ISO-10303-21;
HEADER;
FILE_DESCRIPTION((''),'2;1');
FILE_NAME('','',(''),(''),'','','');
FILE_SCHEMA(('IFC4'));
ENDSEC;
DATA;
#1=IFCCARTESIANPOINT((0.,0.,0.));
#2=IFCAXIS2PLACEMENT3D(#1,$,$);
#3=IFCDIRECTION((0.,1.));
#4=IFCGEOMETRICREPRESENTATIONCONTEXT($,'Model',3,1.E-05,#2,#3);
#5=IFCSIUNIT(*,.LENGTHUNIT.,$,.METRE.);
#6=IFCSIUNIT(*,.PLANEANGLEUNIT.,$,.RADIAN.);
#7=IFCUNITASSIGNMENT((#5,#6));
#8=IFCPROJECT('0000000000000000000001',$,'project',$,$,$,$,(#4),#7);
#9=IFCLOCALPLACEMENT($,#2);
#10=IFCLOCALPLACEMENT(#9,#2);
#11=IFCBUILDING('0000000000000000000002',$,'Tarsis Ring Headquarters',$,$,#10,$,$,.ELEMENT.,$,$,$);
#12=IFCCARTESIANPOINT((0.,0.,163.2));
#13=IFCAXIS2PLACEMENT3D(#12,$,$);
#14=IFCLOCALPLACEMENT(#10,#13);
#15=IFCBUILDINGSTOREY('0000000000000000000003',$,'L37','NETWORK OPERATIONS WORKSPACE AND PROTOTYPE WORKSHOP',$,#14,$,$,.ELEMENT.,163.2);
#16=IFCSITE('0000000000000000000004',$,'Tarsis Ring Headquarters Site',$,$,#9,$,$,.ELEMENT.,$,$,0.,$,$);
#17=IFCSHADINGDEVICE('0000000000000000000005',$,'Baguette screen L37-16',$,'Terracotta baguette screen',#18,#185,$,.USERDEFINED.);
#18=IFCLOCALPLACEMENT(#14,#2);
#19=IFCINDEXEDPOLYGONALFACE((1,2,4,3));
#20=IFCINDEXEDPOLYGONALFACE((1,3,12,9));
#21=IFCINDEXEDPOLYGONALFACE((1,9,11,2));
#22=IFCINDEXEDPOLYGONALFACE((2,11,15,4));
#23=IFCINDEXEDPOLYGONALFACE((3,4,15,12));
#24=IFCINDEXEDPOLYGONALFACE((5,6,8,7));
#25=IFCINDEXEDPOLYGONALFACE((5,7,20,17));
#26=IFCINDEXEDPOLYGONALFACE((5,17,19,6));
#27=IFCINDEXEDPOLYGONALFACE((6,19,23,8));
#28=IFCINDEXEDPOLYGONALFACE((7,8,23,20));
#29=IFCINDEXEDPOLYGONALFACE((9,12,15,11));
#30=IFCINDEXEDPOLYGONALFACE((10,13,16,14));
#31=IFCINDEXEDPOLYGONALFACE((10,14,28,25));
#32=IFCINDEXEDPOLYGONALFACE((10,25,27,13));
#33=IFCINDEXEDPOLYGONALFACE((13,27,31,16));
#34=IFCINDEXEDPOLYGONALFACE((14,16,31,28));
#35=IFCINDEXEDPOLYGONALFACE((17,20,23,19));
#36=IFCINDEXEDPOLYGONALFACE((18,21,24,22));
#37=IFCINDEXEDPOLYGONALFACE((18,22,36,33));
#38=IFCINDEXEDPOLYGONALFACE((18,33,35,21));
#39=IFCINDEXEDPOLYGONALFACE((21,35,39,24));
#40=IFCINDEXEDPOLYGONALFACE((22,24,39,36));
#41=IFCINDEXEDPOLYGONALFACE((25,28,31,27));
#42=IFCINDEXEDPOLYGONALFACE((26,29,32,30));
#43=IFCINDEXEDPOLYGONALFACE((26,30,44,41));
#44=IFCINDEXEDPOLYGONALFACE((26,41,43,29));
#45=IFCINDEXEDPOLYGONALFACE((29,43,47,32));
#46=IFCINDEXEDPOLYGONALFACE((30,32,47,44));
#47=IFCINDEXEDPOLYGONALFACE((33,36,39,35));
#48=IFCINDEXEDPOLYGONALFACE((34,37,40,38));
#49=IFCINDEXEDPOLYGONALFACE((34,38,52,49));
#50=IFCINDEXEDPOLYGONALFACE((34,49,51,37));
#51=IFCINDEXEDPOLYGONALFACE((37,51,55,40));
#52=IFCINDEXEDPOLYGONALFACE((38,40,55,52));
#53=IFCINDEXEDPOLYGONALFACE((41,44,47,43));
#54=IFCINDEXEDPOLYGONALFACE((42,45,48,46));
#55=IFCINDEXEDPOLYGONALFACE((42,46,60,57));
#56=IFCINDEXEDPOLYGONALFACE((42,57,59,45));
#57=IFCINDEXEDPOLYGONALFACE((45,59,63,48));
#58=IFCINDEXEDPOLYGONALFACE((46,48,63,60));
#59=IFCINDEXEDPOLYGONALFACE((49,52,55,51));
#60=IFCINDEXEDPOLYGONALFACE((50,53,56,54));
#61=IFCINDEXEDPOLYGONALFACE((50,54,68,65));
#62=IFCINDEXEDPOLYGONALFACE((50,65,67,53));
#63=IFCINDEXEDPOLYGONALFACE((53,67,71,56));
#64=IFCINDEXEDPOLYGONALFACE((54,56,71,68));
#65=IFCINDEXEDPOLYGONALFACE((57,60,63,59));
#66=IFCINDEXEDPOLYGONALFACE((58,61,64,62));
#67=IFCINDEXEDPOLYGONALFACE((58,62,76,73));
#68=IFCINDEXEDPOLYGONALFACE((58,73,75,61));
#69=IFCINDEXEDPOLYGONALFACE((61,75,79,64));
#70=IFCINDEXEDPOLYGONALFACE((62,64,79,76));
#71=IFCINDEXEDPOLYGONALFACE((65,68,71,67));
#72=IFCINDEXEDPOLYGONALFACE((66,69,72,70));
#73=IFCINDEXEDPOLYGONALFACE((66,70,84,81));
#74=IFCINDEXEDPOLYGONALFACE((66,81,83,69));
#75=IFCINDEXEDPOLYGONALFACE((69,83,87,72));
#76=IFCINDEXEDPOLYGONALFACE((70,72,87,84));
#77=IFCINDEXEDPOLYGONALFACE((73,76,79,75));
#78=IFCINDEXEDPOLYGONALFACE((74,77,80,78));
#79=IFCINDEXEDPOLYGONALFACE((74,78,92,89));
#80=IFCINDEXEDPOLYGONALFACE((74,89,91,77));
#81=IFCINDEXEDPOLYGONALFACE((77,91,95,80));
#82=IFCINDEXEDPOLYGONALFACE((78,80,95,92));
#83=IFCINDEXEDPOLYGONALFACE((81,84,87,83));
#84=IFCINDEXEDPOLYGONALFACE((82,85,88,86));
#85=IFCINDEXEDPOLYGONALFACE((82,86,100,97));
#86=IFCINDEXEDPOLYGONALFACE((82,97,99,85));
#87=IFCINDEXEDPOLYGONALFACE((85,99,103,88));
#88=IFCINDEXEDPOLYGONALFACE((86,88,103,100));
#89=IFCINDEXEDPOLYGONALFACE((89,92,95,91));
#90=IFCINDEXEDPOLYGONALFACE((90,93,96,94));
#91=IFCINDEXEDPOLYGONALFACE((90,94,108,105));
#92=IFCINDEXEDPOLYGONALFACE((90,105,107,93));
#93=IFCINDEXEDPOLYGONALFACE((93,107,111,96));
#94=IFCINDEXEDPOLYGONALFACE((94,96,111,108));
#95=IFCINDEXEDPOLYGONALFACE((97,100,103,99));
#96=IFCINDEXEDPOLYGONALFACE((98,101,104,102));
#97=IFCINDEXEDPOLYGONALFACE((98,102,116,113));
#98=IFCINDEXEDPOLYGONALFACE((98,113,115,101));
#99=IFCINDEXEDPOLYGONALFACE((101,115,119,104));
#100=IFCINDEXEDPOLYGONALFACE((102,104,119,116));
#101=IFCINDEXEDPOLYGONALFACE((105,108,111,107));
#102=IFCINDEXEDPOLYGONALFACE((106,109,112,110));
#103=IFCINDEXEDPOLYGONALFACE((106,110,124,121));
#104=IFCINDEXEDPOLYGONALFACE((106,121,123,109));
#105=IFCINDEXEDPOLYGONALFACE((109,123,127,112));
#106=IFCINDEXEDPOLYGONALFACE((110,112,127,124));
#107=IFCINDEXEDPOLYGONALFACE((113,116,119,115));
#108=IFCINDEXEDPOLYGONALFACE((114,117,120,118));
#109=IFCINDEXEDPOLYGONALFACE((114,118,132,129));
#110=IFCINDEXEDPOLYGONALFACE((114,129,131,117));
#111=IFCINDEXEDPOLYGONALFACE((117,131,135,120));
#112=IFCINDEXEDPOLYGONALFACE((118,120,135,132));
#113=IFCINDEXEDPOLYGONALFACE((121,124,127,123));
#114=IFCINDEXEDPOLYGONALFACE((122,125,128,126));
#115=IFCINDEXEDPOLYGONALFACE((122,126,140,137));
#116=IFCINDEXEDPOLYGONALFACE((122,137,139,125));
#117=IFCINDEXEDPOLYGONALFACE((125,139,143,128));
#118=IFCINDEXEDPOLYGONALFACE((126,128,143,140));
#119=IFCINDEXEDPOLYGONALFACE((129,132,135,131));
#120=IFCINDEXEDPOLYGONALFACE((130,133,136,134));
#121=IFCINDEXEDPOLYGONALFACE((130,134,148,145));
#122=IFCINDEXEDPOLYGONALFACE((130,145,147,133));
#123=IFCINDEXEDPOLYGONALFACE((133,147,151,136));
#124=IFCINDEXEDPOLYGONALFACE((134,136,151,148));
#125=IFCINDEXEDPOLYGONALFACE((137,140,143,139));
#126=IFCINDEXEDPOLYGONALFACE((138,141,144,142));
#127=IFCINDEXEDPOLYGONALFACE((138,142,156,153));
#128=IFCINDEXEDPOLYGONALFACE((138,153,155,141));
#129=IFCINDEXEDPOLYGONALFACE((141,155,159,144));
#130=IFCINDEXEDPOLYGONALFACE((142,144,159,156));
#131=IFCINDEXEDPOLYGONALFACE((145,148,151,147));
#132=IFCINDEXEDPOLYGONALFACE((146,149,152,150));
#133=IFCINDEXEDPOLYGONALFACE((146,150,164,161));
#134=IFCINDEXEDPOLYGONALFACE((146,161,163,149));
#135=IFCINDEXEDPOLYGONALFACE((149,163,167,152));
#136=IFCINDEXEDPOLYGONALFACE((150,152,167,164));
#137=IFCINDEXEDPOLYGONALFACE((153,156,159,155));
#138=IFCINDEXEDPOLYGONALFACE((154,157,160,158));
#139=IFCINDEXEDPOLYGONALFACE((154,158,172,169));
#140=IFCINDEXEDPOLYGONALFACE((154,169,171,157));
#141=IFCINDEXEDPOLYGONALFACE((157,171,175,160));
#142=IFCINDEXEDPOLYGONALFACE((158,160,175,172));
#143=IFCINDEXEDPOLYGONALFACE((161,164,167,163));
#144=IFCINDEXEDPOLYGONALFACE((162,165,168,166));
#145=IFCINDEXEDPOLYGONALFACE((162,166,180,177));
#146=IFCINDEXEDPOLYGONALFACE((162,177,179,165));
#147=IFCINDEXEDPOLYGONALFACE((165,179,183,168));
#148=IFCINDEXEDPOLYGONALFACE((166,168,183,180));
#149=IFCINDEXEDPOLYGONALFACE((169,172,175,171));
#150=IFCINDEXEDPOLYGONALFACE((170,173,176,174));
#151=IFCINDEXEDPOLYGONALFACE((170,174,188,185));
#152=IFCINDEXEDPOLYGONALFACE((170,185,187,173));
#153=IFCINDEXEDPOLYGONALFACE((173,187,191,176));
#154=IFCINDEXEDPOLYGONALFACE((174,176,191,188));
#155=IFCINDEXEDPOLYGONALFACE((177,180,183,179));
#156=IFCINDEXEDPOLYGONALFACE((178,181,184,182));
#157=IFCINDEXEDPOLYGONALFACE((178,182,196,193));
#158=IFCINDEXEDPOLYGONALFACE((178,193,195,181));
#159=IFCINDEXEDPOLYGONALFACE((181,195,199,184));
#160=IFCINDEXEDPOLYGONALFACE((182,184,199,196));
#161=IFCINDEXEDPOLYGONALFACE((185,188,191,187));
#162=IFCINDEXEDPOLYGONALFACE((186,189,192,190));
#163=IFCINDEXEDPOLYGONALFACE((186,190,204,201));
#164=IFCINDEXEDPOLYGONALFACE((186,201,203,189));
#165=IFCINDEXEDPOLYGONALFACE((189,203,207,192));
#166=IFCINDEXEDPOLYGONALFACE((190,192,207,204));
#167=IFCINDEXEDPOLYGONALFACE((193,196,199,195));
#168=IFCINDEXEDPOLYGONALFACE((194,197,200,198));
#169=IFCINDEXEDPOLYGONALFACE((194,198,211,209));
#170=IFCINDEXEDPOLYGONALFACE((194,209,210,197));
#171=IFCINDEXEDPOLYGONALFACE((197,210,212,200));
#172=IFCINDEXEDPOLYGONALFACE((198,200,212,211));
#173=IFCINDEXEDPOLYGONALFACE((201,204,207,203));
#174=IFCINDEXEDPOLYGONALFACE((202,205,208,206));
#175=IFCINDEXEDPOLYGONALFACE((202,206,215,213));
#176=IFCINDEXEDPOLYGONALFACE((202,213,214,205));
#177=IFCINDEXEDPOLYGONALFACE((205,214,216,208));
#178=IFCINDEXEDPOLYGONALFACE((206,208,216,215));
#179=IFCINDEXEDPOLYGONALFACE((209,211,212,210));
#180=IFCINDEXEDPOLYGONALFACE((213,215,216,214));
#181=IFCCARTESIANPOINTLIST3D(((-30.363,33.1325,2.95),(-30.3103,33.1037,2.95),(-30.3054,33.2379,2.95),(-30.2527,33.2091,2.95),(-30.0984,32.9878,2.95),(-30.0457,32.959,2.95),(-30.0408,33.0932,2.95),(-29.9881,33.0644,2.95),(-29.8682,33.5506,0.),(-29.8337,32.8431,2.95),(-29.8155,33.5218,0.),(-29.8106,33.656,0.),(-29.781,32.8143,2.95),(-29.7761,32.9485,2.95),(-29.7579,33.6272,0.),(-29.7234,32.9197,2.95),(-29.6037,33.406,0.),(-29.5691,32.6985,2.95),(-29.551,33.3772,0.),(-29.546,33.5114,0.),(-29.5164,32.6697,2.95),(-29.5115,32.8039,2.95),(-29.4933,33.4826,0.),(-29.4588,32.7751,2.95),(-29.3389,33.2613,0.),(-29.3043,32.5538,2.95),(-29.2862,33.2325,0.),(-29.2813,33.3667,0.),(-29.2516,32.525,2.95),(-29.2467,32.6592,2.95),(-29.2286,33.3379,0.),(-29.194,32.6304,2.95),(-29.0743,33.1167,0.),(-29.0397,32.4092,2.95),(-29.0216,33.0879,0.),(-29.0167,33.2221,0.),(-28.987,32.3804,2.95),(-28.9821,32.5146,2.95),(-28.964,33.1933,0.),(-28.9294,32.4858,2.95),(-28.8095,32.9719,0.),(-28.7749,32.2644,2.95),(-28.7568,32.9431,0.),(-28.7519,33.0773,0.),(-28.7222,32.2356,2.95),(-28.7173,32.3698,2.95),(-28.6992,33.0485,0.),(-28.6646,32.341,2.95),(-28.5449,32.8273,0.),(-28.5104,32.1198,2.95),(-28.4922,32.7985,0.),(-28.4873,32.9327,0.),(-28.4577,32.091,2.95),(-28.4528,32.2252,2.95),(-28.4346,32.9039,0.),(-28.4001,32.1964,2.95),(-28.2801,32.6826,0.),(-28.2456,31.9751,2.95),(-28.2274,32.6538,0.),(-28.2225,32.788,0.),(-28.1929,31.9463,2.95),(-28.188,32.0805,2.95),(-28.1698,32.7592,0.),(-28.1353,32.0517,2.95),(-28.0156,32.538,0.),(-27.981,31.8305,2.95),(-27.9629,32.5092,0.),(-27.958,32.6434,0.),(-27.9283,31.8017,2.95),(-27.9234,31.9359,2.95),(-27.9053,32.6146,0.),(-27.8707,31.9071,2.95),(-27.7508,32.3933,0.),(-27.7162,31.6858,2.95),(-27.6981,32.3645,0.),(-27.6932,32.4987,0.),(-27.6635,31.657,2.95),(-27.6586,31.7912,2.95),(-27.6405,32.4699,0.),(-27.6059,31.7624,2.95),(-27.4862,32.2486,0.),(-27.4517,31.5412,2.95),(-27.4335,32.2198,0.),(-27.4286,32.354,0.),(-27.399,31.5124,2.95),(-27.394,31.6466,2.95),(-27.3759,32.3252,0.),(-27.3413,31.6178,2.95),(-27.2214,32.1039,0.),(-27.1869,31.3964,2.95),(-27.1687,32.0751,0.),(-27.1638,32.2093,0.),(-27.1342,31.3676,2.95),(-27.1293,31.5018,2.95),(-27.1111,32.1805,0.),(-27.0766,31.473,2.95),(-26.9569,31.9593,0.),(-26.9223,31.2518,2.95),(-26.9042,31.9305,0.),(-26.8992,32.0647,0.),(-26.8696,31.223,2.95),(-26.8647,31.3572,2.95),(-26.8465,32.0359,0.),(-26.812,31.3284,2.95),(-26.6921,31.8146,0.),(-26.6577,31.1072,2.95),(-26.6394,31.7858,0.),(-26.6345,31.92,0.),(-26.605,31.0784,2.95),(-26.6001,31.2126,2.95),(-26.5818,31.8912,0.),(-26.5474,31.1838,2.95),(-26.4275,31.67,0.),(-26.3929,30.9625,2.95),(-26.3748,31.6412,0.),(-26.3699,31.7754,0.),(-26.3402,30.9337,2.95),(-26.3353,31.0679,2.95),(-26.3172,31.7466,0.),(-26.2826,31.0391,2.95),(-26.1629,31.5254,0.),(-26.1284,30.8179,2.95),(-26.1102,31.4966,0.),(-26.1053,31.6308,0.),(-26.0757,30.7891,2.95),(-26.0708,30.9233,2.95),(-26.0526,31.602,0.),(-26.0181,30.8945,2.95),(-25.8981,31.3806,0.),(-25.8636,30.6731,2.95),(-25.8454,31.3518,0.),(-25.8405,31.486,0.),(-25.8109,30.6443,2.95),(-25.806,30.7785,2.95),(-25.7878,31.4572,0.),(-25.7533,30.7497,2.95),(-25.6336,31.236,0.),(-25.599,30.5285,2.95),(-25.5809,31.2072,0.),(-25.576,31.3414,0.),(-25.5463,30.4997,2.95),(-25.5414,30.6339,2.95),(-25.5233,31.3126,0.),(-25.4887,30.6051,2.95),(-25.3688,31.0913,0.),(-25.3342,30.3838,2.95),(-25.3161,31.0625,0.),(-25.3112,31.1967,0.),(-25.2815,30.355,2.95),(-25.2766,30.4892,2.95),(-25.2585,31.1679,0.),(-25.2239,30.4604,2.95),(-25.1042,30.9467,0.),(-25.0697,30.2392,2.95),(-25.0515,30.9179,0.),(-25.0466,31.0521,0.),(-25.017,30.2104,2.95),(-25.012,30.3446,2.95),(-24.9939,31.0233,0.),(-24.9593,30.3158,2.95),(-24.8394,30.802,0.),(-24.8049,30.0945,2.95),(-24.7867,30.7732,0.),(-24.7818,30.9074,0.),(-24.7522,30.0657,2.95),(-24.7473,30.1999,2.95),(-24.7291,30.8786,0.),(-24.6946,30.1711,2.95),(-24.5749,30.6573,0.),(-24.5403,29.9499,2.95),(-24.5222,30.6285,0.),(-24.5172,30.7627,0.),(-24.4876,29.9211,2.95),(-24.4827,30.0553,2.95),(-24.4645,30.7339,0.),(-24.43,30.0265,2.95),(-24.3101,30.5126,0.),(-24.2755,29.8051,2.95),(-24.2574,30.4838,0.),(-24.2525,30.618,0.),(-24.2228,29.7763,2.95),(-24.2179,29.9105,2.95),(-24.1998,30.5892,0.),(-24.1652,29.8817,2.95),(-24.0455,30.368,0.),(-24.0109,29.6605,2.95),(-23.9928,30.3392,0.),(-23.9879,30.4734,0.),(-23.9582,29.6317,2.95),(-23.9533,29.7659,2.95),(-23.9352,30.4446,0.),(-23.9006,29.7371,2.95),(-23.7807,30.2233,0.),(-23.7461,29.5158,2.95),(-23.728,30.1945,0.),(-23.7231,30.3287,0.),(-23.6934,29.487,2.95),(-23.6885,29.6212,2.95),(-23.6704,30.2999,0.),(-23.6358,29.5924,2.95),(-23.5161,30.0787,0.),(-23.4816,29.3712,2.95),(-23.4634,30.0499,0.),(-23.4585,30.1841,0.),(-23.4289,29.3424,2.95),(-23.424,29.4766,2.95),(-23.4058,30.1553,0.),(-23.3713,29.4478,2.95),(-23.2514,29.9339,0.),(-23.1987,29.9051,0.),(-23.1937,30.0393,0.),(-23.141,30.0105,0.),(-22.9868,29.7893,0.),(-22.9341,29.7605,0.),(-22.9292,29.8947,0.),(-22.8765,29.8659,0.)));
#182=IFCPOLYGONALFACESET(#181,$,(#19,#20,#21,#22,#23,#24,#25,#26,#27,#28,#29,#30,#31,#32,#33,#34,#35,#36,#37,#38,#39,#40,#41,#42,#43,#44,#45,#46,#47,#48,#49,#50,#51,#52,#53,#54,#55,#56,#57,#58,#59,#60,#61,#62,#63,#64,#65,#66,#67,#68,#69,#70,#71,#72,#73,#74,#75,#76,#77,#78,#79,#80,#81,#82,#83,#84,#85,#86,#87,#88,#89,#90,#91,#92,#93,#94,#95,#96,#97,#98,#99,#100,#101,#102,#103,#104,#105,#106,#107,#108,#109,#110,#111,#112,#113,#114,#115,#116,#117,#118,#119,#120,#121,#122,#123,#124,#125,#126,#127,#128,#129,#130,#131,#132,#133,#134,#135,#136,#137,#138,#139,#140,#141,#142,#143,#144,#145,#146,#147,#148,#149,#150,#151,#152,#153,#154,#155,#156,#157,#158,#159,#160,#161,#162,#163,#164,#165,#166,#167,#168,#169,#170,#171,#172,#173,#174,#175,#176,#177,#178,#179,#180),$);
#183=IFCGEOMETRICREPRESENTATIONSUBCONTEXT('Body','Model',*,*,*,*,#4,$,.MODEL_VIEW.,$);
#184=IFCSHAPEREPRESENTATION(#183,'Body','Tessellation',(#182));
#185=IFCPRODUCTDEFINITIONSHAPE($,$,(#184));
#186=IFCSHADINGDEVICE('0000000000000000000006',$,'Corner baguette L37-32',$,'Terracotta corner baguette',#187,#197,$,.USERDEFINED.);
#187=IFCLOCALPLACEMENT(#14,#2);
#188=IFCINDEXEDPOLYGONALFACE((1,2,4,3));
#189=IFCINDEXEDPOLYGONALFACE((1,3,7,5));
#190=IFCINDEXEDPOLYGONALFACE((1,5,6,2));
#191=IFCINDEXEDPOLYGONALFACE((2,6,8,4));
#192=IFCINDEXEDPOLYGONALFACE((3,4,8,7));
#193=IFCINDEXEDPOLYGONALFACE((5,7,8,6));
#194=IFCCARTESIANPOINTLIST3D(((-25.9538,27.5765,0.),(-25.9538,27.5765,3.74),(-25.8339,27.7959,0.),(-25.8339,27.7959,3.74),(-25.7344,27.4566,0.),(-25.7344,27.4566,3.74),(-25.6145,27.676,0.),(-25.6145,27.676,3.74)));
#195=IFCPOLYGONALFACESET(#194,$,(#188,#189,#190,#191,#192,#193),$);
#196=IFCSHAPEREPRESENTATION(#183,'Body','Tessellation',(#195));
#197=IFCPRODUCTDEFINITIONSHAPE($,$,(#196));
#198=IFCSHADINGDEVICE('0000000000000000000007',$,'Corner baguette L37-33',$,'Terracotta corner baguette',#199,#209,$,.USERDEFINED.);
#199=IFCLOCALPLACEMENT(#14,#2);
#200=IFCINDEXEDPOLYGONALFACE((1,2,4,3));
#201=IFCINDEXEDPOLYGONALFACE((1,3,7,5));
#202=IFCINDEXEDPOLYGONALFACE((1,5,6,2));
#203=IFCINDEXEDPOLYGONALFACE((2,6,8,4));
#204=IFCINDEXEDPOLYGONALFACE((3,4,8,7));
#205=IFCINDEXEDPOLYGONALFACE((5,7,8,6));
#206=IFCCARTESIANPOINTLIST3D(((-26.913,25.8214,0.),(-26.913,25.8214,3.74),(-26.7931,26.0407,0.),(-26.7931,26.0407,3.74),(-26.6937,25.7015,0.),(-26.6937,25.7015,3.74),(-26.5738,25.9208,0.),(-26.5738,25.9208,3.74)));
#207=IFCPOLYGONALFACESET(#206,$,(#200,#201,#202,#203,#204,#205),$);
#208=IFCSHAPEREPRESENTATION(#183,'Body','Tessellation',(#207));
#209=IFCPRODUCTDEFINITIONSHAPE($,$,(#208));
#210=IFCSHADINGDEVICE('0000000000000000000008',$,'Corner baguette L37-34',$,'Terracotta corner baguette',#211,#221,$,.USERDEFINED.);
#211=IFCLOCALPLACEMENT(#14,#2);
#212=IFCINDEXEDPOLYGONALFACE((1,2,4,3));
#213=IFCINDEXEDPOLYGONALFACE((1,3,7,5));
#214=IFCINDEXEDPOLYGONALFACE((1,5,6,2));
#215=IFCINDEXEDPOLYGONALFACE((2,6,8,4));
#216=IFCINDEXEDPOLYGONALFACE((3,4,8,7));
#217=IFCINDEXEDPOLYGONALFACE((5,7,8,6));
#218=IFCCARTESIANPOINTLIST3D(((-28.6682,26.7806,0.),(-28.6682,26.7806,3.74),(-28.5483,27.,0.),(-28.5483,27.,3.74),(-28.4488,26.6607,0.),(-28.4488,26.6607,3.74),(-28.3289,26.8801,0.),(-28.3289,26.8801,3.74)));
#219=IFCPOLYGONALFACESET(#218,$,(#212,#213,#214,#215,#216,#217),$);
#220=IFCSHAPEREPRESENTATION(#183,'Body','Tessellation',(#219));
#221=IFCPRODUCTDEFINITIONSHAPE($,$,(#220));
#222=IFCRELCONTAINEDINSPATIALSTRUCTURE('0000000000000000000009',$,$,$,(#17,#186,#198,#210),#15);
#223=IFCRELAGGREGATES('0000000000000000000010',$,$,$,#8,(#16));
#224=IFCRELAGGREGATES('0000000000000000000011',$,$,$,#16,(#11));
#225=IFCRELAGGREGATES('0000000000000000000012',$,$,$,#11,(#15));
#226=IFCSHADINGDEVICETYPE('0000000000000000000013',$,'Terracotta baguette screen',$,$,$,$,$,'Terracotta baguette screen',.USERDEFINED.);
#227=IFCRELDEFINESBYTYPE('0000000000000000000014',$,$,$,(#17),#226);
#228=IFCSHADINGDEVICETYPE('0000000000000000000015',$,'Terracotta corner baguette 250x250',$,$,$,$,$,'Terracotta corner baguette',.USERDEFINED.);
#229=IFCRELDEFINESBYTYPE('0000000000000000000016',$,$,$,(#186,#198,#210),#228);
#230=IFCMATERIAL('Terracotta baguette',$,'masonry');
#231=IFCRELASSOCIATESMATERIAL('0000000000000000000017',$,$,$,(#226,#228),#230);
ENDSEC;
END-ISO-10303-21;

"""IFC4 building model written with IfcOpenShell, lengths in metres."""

from ifc_helpers import new_model, si_unit, direction, frame, frame_2d, origin, origin_2d, place, context, subcontext, project, spatial, rectangle, composite_profile, extrude, material, type_object, element, save


model = new_model("IFC4")

# Units and contexts
model_context = context("Model", 3, precision=1e-05, world=origin(), true_north=direction((0.0, 1.0)))
body_context = subcontext(model_context, "Body", "Model", "MODEL_VIEW")
ifc_project = project(units=[si_unit("LENGTHUNIT", "METRE"), si_unit("PLANEANGLEUNIT", "RADIAN")], contexts=[model_context])

# Site, building, storey
site_placement = place(None, origin())
site = spatial("IfcSite", under=ifc_project, at=site_placement, Name="Tarsis Ring Headquarters Site", CompositionType="ELEMENT", RefElevation=0.0)
building_placement = place(site_placement, origin())
building = spatial("IfcBuilding", under=site, at=building_placement, Name="Tarsis Ring Headquarters", CompositionType="ELEMENT")
storey_placement = place(building_placement, frame((0.0, 0.0, 163.2)))
storey = spatial("IfcBuildingStorey", under=building, at=storey_placement, Name="L37", Description="NETWORK OPERATIONS WORKSPACE AND PROTOTYPE WORKSHOP", CompositionType="ELEMENT", Elevation=163.2)

# Shading devices
ifc_material_1 = material(Name="Terracotta baguette", Category="masonry")
shading_device_type_1 = type_object("IfcShadingDeviceType", Name="Terracotta baguette screen", ElementType="Terracotta baguette screen", PredefinedType="USERDEFINED", material=ifc_material_1)
shading_device_placement = place(storey_placement, frame((-22.9053, 29.8132, 0.0), z_axis=(0.0, 0.0, 1.0), x_axis=(-0.877472, 0.479609, 0.0)))
element("IfcShadingDevice", 1, at=shading_device_placement, inside=storey, type_object=shading_device_type_1, Name="Baguette screen L37-16", ObjectType="Terracotta baguette screen", PredefinedType="USERDEFINED", context=body_context, shape_type="SweptSolid", body=[
    extrude(composite_profile([rectangle(XDim=0.0601, YDim=0.1201, at=frame_2d((0.03, 0.0))), rectangle(XDim=0.0601, YDim=0.1201, at=frame_2d((0.3315, 0.0))), rectangle(XDim=0.0601, YDim=0.1201, at=frame_2d((0.6333, 0.0))), rectangle(XDim=0.0601, YDim=0.1201, at=frame_2d((0.9348, 0.0))), rectangle(XDim=0.0601, YDim=0.1201, at=frame_2d((1.2366, 0.0))), rectangle(XDim=0.0601, YDim=0.1201, at=frame_2d((1.5381, 0.0))), rectangle(XDim=0.0601, YDim=0.1201, at=frame_2d((1.8398, 0.0))), rectangle(XDim=0.0601, YDim=0.1201, at=frame_2d((2.1414, 0.0))), rectangle(XDim=0.0601, YDim=0.1201, at=frame_2d((2.4431, 0.0))), rectangle(XDim=0.0601, YDim=0.1201, at=frame_2d((2.7446, 0.0))), rectangle(XDim=0.0601, YDim=0.1201, at=frame_2d((3.0464, 0.0))), rectangle(XDim=0.0601, YDim=0.1201, at=frame_2d((3.3479, 0.0))), rectangle(XDim=0.0601, YDim=0.1201, at=frame_2d((3.6497, 0.0))), rectangle(XDim=0.0601, YDim=0.1201, at=frame_2d((3.9512, 0.0))), rectangle(XDim=0.0601, YDim=0.1201, at=frame_2d((4.2527, 0.0))), rectangle(XDim=0.0601, YDim=0.1201, at=frame_2d((4.5544, 0.0))), rectangle(XDim=0.0601, YDim=0.1201, at=frame_2d((4.856, 0.0))), rectangle(XDim=0.0601, YDim=0.1201, at=frame_2d((5.1577, 0.0))), rectangle(XDim=0.0601, YDim=0.1201, at=frame_2d((5.4592, 0.0))), rectangle(XDim=0.0601, YDim=0.1201, at=frame_2d((5.761, 0.0))), rectangle(XDim=0.0601, YDim=0.1201, at=frame_2d((6.0625, 0.0))), rectangle(XDim=0.0601, YDim=0.1201, at=frame_2d((6.3643, 0.0))), rectangle(XDim=0.0601, YDim=0.1201, at=frame_2d((6.6658, 0.0))), rectangle(XDim=0.0601, YDim=0.1201, at=frame_2d((6.9675, 0.0))), rectangle(XDim=0.0601, YDim=0.1201, at=frame_2d((7.269, 0.0))), rectangle(XDim=0.0601, YDim=0.1201, at=frame_2d((7.5708, 0.0))), rectangle(XDim=0.0601, YDim=0.1201, at=frame_2d((7.8723, 0.0)))]), origin(), (0.077352, 0.200058, 0.976726), 3.0203),
])
shading_device_type_2 = type_object("IfcShadingDeviceType", Name="Terracotta corner baguette 250x250", ElementType="Terracotta corner baguette", PredefinedType="USERDEFINED", material=ifc_material_1)
for number, where, z_axis, x_axis, name in (
    (2, (-25.7842, 27.6262, 0.0), (0.0, 0.0, 1.0), (-0.877481, 0.479611, 0.0), "Corner baguette L37-32"),
    (3, (-26.7434, 25.8711, 0.0), (0.0, 0.0, 1.0), (-0.479611, -0.877481, 0.0), "Corner baguette L37-33"),
    (4, (-28.4985, 26.8303, 0.0), (0.0, 0.0, 1.0), (-0.877481, 0.479611, 0.0), "Corner baguette L37-34"),
):
    element("IfcShadingDevice", number, at=place(storey_placement, frame(where, z_axis=z_axis, x_axis=x_axis)), inside=storey, type_object=shading_device_type_2, Name=name, ObjectType="Terracotta corner baguette", PredefinedType="USERDEFINED", context=body_context, shape_type="SweptSolid", body=[
        extrude(rectangle(XDim=0.25, YDim=0.25, at=origin_2d()), origin(), (0.0, 0.0, 1.0), 3.74),
    ])

save(model, "model.ifc")
